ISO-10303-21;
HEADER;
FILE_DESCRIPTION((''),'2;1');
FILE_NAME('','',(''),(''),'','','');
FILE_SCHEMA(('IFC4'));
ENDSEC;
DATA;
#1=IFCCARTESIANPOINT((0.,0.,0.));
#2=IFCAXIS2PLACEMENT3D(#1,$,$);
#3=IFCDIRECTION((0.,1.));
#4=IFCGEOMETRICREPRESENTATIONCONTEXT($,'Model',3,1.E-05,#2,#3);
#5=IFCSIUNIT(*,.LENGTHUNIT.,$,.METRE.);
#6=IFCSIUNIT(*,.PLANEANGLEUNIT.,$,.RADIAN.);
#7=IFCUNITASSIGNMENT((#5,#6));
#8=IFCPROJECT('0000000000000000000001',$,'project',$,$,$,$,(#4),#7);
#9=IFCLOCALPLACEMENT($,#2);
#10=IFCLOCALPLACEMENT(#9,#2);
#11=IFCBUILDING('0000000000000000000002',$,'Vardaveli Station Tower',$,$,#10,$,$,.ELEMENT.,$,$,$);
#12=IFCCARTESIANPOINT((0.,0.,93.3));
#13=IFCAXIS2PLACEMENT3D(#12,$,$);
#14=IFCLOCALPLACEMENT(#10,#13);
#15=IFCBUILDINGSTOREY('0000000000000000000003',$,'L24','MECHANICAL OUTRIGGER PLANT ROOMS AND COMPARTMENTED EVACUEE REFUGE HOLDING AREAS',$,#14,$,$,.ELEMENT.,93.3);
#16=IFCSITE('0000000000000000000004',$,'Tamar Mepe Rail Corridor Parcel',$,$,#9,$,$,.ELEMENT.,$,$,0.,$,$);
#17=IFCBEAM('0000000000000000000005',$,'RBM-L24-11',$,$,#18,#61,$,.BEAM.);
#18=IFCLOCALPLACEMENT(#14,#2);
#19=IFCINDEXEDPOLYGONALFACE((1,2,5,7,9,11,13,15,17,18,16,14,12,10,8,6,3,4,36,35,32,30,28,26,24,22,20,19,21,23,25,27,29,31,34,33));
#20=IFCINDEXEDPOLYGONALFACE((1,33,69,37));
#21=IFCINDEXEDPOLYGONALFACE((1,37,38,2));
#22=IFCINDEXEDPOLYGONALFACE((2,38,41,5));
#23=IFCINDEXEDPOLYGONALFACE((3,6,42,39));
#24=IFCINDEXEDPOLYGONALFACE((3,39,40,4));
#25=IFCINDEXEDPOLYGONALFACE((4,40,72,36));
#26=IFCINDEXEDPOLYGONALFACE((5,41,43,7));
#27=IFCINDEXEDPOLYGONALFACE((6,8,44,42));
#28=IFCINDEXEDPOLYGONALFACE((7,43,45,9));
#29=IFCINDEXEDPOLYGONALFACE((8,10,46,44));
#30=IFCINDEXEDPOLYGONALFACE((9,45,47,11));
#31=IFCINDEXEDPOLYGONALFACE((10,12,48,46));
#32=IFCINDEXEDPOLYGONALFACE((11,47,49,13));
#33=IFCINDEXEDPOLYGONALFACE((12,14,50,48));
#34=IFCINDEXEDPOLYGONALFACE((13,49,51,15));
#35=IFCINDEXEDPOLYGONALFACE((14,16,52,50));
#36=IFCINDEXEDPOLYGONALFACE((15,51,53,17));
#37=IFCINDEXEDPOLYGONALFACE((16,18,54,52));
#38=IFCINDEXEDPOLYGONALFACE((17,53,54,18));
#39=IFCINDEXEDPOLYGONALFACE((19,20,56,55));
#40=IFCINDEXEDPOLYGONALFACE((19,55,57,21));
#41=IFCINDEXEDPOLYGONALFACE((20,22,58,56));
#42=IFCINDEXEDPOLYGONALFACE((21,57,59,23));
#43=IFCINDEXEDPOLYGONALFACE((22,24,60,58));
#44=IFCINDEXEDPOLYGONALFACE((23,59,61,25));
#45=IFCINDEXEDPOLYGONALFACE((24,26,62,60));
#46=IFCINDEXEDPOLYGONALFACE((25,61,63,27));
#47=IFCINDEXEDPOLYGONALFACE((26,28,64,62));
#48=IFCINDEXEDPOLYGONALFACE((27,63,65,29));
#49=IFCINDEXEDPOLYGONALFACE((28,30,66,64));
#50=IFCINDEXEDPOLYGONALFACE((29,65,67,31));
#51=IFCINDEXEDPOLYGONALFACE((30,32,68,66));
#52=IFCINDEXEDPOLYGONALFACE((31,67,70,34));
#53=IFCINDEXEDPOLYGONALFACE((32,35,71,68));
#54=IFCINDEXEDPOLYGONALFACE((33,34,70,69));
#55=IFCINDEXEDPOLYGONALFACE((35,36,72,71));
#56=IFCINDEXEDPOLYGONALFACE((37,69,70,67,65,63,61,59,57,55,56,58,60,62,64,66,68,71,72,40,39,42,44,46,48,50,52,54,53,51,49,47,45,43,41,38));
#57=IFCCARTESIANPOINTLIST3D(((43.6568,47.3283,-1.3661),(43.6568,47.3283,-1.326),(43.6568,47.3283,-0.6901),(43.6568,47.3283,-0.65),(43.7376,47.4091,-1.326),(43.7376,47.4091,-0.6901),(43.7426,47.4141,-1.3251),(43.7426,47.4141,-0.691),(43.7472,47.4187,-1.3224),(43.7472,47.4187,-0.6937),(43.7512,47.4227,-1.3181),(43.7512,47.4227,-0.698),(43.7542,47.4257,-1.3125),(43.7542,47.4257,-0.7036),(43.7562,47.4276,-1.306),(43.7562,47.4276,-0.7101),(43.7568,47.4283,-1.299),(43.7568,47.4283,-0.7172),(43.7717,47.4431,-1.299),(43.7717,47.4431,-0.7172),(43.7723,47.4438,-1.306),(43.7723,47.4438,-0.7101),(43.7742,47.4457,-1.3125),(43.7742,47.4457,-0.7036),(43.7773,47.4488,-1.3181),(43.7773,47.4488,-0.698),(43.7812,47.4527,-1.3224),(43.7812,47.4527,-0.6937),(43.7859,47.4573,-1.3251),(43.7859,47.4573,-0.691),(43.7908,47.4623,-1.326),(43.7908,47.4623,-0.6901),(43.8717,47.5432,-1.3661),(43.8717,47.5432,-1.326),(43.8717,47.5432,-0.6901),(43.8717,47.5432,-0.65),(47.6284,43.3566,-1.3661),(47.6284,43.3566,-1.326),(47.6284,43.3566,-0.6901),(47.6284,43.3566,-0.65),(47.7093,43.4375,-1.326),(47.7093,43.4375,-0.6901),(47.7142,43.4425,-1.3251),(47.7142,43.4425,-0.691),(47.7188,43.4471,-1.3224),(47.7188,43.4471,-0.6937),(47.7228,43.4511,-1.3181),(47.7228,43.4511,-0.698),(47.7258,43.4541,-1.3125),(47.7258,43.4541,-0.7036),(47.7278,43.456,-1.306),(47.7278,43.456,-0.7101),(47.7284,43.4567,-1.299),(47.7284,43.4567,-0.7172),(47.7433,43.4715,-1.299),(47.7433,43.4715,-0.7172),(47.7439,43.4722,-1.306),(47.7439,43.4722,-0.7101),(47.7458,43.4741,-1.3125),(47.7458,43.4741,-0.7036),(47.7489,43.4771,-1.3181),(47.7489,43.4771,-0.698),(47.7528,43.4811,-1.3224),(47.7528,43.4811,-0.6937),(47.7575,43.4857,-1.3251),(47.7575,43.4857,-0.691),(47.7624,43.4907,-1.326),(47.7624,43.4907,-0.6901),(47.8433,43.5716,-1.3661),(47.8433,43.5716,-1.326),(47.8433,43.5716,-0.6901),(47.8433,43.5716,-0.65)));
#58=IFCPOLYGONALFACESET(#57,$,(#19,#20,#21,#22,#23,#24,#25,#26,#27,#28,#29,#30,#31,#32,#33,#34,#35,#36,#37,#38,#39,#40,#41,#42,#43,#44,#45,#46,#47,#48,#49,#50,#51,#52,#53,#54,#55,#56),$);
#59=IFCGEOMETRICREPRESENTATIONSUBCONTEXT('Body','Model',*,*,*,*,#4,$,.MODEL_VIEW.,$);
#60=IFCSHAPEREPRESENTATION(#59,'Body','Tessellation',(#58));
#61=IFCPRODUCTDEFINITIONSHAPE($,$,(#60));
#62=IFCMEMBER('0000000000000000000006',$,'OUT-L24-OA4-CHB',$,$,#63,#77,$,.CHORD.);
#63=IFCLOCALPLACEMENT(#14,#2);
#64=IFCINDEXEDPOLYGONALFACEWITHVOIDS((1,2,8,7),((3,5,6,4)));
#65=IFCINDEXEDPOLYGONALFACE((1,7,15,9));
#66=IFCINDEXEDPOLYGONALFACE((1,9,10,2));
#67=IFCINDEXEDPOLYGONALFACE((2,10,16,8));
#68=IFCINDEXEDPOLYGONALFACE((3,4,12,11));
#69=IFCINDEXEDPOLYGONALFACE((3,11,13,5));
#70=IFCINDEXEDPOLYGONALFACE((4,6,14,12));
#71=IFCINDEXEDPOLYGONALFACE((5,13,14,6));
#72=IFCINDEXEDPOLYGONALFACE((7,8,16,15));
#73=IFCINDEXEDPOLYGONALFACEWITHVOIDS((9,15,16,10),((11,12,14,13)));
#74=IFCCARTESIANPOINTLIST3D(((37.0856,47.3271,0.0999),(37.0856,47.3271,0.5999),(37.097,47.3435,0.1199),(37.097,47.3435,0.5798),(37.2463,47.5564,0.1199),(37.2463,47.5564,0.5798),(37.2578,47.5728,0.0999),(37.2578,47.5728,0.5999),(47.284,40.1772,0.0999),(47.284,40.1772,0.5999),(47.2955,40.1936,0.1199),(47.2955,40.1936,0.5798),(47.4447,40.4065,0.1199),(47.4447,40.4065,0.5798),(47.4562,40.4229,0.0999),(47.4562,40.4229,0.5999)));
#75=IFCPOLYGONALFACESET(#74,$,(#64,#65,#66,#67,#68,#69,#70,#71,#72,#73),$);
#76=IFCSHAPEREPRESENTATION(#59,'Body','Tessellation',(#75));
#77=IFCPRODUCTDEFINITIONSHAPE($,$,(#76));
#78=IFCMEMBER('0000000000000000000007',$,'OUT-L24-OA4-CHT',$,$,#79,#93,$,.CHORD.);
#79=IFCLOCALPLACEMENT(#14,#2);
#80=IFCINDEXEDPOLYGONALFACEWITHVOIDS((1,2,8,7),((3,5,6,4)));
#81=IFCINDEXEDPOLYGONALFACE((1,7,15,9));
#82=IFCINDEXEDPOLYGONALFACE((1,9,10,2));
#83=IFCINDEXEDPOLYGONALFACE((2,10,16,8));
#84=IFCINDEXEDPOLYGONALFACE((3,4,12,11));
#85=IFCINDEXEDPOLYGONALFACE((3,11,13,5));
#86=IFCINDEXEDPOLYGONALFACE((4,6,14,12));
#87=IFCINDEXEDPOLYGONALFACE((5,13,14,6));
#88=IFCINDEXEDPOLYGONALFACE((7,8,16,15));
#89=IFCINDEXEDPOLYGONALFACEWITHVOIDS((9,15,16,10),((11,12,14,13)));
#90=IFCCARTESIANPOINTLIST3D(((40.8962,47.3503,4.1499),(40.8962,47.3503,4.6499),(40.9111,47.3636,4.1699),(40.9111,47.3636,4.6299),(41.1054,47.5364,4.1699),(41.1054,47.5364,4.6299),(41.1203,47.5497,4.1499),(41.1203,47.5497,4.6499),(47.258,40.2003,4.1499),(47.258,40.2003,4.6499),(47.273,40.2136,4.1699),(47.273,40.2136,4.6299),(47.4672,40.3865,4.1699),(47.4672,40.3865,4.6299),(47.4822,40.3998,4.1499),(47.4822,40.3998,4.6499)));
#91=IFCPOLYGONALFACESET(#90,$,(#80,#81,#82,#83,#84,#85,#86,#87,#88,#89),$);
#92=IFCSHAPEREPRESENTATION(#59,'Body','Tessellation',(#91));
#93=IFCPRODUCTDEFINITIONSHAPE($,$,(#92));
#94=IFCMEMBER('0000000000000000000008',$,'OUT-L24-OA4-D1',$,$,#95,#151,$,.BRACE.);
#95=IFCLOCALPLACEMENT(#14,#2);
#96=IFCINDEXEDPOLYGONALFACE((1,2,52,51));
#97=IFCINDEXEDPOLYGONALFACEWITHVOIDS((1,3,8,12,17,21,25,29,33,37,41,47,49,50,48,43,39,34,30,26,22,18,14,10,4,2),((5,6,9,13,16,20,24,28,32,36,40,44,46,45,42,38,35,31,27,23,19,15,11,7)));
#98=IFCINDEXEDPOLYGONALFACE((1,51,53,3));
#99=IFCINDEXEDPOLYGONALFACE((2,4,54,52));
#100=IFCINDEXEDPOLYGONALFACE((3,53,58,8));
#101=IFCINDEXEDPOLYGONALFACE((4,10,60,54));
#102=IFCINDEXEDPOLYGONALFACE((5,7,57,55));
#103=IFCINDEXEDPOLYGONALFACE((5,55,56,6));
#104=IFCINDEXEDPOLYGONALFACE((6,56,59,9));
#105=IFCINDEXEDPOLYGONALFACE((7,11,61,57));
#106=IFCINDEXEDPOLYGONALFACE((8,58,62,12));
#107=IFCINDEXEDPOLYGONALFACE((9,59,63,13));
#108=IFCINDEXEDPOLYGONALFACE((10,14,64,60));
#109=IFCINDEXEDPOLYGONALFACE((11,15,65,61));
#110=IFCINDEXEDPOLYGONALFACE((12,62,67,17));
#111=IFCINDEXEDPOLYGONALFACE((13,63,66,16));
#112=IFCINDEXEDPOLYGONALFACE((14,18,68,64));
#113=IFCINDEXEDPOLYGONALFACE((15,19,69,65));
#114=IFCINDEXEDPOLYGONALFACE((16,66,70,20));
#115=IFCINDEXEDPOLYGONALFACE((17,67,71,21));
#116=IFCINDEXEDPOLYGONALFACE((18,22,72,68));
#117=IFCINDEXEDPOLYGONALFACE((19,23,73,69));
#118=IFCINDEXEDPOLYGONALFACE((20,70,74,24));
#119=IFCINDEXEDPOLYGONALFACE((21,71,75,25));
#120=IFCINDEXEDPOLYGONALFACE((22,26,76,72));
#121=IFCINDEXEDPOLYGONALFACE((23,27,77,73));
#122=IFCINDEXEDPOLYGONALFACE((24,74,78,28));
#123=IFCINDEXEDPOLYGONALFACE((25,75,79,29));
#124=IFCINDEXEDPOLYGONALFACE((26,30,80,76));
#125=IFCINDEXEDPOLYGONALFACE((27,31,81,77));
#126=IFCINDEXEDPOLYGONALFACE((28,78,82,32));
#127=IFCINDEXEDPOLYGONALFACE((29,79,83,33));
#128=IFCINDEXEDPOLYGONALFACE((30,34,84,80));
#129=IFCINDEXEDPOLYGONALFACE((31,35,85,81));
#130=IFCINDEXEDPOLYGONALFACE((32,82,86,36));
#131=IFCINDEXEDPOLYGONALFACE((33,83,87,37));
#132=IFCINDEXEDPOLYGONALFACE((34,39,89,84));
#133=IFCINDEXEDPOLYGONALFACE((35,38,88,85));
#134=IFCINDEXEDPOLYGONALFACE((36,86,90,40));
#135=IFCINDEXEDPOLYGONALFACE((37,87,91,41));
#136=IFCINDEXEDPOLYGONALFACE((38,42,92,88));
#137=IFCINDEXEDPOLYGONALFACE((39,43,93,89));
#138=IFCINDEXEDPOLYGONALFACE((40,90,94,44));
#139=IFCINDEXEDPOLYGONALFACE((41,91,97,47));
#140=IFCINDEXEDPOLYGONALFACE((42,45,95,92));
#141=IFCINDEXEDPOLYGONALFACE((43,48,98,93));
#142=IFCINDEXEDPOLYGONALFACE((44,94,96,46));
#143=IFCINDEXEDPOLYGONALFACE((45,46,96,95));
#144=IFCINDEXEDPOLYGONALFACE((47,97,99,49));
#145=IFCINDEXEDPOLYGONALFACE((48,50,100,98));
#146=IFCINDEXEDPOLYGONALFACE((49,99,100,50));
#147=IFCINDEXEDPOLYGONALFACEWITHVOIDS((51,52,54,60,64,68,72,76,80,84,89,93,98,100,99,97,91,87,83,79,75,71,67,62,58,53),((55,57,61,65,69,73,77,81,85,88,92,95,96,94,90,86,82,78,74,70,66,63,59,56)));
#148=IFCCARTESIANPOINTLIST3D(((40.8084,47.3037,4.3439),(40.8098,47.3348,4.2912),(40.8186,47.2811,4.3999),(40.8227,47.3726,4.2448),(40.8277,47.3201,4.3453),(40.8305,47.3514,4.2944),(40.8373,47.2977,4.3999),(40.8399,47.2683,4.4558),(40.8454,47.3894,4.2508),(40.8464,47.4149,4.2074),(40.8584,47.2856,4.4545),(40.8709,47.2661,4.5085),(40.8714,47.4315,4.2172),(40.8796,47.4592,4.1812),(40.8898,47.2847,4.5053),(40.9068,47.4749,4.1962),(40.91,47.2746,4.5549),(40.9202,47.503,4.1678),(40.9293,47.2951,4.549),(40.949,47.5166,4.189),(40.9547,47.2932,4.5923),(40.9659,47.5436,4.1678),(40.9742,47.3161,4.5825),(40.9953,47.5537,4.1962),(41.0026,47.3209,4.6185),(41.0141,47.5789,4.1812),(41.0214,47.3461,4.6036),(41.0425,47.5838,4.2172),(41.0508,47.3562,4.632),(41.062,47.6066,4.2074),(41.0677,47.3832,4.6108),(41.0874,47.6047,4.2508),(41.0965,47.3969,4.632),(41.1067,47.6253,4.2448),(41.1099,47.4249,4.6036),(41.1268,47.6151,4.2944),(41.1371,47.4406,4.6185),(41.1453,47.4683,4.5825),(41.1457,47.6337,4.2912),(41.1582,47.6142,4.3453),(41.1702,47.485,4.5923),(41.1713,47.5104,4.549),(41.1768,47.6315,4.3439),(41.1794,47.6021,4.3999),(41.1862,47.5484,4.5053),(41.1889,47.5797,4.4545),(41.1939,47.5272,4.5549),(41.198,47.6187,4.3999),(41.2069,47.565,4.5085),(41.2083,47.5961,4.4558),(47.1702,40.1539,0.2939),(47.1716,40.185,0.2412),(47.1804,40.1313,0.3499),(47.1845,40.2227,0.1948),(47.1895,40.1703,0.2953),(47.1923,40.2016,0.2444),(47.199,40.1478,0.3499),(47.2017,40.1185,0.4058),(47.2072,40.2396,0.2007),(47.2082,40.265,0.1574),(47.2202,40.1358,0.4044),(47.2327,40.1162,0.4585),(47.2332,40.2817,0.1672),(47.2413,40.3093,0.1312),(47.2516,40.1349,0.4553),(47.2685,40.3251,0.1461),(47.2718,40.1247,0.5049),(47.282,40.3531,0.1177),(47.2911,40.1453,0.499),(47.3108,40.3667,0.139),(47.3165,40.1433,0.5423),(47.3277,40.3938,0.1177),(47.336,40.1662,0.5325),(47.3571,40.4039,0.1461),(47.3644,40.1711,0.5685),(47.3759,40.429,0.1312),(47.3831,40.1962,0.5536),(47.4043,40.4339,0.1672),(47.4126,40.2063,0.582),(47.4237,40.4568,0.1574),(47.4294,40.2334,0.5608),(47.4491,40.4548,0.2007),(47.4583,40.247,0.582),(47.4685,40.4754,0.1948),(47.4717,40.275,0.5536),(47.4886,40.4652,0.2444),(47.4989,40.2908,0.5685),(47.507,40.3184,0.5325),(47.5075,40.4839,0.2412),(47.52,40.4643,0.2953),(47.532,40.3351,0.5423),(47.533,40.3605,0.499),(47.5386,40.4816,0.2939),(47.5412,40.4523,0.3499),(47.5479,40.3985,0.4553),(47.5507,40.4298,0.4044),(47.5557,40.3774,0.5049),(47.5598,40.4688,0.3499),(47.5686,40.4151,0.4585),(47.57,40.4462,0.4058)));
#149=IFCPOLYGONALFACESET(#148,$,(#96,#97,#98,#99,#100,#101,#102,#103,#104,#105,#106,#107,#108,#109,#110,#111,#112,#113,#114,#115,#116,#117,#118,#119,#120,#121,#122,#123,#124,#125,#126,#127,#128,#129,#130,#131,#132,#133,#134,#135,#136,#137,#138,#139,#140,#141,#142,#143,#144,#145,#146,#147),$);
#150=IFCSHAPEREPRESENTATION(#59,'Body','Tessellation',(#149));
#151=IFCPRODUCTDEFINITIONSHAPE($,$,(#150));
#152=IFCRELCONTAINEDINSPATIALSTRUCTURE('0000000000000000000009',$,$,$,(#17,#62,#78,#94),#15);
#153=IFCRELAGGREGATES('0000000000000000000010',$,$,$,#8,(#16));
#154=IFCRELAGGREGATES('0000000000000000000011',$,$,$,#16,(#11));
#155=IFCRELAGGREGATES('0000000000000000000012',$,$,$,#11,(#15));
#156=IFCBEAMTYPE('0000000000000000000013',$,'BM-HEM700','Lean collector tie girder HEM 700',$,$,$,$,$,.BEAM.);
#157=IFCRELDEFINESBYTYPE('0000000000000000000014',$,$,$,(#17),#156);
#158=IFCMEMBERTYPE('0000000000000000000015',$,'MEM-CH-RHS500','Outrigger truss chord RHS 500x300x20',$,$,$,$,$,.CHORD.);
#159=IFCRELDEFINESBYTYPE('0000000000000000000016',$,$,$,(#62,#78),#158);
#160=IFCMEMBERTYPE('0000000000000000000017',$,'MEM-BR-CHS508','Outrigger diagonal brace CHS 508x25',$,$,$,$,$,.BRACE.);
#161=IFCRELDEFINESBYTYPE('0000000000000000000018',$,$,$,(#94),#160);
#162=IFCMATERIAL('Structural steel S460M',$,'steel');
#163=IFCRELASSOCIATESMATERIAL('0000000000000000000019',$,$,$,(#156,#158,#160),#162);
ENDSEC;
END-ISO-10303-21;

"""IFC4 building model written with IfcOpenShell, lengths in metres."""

from ifc_helpers import new_model, si_unit, direction, frame, origin, origin_2d, place, context, subcontext, project, spatial, hollow_rectangle, hollow_circle, i_section, extrude, source, transform, mapped, material, material_profile, profile_set, type_object, element, save


model = new_model("IFC4")

# Units and contexts
model_context = context("Model", 3, precision=1e-05, world=origin(), true_north=direction((0.0, 1.0)))
body_context = subcontext(model_context, "Body", "Model", "MODEL_VIEW")
ifc_project = project(units=[si_unit("LENGTHUNIT", "METRE"), si_unit("PLANEANGLEUNIT", "RADIAN")], contexts=[model_context])

# Site, building, storey
site_placement = place(None, origin())
site = spatial("IfcSite", under=ifc_project, at=site_placement, Name="Tamar Mepe Rail Corridor Parcel", CompositionType="ELEMENT", RefElevation=0.0)
building_placement = place(site_placement, origin())
building = spatial("IfcBuilding", under=site, at=building_placement, Name="Vardaveli Station Tower", CompositionType="ELEMENT")
storey_placement = place(building_placement, frame((0.0, 0.0, 93.3)))
storey = spatial("IfcBuildingStorey", under=building, at=storey_placement, Name="L24", Description="MECHANICAL OUTRIGGER PLANT ROOMS AND COMPARTMENTED EVACUEE REFUGE HOLDING AREAS", CompositionType="ELEMENT", Elevation=93.3)

# Shared definitions
ifc_material_1 = material(Name="Structural steel S460M", Category="steel")

# Beam
ifc_material_profile_1 = material_profile(ifc_material_1, i_section(OverallWidth=0.304, OverallDepth=0.7161, WebThickness=0.021, FlangeThickness=0.04, FilletRadius=0.0271, at=origin_2d()), Name="HEM 700")
ifc_profile_set_1 = profile_set([ifc_material_profile_1], Name="Structural steel S460M")
beam_type = type_object("IfcBeamType", Name="BM-HEM700", Description="Lean collector tie girder HEM 700", PredefinedType="BEAM", material=ifc_profile_set_1)
shared_shape_1 = source(origin(), body_context, "Body", "SweptSolid", [
    extrude(i_section(OverallWidth=0.304, OverallDepth=0.7161, WebThickness=0.021, FlangeThickness=0.04, FilletRadius=0.0271, at=origin_2d()), origin(), (0.0, 0.0, 1.0), 5.6167),
])
beam_1_placement = place(storey_placement, frame((47.7358, 43.4641, -1.0081), z_axis=(-0.707107, 0.707107, 0.0), x_axis=(-0.707107, -0.707107, 0.0)))
element("IfcBeam", 1, at=beam_1_placement, inside=storey, type_object=beam_type, Name="RBM-L24-11", PredefinedType="BEAM", context=body_context, shape_type="MappedRepresentation", body=[
    mapped(shared_shape_1, transform((0.0, 0.0, 0.0), scale=1.0)),
])

# Members
ifc_material_profile_2 = material_profile(ifc_material_1, hollow_rectangle(XDim=0.3, YDim=0.5, WallThickness=0.02, at=origin_2d()), Name="RHS 500x300x20")
ifc_profile_set_2 = profile_set([ifc_material_profile_2], Name="Structural steel S460M")
member_type_1 = type_object("IfcMemberType", Name="MEM-CH-RHS500", Description="Outrigger truss chord RHS 500x300x20", PredefinedType="CHORD", material=ifc_profile_set_2)
shared_shape_2 = source(origin(), body_context, "Body", "SweptSolid", [
    extrude(hollow_rectangle(XDim=0.3, YDim=0.5, WallThickness=0.02, at=origin_2d()), origin(), (0.0, 0.0, 1.0), 12.4551),
])
member_1_placement = place(storey_placement, frame((47.3701, 40.3, 0.3499), z_axis=(-0.818818, 0.574053, 0.0), x_axis=(-0.574053, -0.818818, 0.0)))
element("IfcMember", 2, at=member_1_placement, inside=storey, type_object=member_type_1, Name="OUT-L24-OA4-CHB", PredefinedType="CHORD", context=body_context, shape_type="MappedRepresentation", body=[
    mapped(shared_shape_2, transform((0.0, 0.0, 0.0), scale=1.0)),
])
shared_shape_3 = source(origin(), body_context, "Body", "SweptSolid", [
    extrude(hollow_rectangle(XDim=0.3, YDim=0.5, WallThickness=0.02, at=origin_2d()), origin(), (0.0, 0.0, 1.0), 9.5706),
])
member_2_placement = place(storey_placement, frame((47.3701, 40.3, 4.3999), z_axis=(-0.664734, 0.74708, 0.0), x_axis=(-0.74708, -0.664734, 0.0)))
element("IfcMember", 3, at=member_2_placement, inside=storey, type_object=member_type_1, Name="OUT-L24-OA4-CHT", PredefinedType="CHORD", context=body_context, shape_type="MappedRepresentation", body=[
    mapped(shared_shape_3, transform((0.0, 0.0, 0.0), scale=1.0)),
])
ifc_material_profile_3 = material_profile(ifc_material_1, hollow_circle(Radius=0.2539, WallThickness=0.0249, at=origin_2d()), Name="CHS 508x25")
ifc_profile_set_3 = profile_set([ifc_material_profile_3], Name="Structural steel S460M")
member_type_2 = type_object("IfcMemberType", Name="MEM-BR-CHS508", Description="Outrigger diagonal brace CHS 508x25", PredefinedType="BRACE", material=ifc_profile_set_3)
shared_shape_4 = source(origin(), body_context, "Body", "SweptSolid", [
    extrude(hollow_circle(Radius=0.2539, WallThickness=0.0249, at=origin_2d()), origin(), (0.0, 0.0, 1.0), 10.3921),
])
member_3_placement = place(storey_placement, frame((47.3701, 40.3, 0.3499), z_axis=(-0.612175, 0.68801, 0.389722), x_axis=(-0.74708, -0.664734, 0.0)))
element("IfcMember", 4, at=member_3_placement, inside=storey, type_object=member_type_2, Name="OUT-L24-OA4-D1", PredefinedType="BRACE", context=body_context, shape_type="MappedRepresentation", body=[
    mapped(shared_shape_4, transform((0.0, 0.0, 0.0), scale=1.0)),
])

save(model, "model.ifc")
